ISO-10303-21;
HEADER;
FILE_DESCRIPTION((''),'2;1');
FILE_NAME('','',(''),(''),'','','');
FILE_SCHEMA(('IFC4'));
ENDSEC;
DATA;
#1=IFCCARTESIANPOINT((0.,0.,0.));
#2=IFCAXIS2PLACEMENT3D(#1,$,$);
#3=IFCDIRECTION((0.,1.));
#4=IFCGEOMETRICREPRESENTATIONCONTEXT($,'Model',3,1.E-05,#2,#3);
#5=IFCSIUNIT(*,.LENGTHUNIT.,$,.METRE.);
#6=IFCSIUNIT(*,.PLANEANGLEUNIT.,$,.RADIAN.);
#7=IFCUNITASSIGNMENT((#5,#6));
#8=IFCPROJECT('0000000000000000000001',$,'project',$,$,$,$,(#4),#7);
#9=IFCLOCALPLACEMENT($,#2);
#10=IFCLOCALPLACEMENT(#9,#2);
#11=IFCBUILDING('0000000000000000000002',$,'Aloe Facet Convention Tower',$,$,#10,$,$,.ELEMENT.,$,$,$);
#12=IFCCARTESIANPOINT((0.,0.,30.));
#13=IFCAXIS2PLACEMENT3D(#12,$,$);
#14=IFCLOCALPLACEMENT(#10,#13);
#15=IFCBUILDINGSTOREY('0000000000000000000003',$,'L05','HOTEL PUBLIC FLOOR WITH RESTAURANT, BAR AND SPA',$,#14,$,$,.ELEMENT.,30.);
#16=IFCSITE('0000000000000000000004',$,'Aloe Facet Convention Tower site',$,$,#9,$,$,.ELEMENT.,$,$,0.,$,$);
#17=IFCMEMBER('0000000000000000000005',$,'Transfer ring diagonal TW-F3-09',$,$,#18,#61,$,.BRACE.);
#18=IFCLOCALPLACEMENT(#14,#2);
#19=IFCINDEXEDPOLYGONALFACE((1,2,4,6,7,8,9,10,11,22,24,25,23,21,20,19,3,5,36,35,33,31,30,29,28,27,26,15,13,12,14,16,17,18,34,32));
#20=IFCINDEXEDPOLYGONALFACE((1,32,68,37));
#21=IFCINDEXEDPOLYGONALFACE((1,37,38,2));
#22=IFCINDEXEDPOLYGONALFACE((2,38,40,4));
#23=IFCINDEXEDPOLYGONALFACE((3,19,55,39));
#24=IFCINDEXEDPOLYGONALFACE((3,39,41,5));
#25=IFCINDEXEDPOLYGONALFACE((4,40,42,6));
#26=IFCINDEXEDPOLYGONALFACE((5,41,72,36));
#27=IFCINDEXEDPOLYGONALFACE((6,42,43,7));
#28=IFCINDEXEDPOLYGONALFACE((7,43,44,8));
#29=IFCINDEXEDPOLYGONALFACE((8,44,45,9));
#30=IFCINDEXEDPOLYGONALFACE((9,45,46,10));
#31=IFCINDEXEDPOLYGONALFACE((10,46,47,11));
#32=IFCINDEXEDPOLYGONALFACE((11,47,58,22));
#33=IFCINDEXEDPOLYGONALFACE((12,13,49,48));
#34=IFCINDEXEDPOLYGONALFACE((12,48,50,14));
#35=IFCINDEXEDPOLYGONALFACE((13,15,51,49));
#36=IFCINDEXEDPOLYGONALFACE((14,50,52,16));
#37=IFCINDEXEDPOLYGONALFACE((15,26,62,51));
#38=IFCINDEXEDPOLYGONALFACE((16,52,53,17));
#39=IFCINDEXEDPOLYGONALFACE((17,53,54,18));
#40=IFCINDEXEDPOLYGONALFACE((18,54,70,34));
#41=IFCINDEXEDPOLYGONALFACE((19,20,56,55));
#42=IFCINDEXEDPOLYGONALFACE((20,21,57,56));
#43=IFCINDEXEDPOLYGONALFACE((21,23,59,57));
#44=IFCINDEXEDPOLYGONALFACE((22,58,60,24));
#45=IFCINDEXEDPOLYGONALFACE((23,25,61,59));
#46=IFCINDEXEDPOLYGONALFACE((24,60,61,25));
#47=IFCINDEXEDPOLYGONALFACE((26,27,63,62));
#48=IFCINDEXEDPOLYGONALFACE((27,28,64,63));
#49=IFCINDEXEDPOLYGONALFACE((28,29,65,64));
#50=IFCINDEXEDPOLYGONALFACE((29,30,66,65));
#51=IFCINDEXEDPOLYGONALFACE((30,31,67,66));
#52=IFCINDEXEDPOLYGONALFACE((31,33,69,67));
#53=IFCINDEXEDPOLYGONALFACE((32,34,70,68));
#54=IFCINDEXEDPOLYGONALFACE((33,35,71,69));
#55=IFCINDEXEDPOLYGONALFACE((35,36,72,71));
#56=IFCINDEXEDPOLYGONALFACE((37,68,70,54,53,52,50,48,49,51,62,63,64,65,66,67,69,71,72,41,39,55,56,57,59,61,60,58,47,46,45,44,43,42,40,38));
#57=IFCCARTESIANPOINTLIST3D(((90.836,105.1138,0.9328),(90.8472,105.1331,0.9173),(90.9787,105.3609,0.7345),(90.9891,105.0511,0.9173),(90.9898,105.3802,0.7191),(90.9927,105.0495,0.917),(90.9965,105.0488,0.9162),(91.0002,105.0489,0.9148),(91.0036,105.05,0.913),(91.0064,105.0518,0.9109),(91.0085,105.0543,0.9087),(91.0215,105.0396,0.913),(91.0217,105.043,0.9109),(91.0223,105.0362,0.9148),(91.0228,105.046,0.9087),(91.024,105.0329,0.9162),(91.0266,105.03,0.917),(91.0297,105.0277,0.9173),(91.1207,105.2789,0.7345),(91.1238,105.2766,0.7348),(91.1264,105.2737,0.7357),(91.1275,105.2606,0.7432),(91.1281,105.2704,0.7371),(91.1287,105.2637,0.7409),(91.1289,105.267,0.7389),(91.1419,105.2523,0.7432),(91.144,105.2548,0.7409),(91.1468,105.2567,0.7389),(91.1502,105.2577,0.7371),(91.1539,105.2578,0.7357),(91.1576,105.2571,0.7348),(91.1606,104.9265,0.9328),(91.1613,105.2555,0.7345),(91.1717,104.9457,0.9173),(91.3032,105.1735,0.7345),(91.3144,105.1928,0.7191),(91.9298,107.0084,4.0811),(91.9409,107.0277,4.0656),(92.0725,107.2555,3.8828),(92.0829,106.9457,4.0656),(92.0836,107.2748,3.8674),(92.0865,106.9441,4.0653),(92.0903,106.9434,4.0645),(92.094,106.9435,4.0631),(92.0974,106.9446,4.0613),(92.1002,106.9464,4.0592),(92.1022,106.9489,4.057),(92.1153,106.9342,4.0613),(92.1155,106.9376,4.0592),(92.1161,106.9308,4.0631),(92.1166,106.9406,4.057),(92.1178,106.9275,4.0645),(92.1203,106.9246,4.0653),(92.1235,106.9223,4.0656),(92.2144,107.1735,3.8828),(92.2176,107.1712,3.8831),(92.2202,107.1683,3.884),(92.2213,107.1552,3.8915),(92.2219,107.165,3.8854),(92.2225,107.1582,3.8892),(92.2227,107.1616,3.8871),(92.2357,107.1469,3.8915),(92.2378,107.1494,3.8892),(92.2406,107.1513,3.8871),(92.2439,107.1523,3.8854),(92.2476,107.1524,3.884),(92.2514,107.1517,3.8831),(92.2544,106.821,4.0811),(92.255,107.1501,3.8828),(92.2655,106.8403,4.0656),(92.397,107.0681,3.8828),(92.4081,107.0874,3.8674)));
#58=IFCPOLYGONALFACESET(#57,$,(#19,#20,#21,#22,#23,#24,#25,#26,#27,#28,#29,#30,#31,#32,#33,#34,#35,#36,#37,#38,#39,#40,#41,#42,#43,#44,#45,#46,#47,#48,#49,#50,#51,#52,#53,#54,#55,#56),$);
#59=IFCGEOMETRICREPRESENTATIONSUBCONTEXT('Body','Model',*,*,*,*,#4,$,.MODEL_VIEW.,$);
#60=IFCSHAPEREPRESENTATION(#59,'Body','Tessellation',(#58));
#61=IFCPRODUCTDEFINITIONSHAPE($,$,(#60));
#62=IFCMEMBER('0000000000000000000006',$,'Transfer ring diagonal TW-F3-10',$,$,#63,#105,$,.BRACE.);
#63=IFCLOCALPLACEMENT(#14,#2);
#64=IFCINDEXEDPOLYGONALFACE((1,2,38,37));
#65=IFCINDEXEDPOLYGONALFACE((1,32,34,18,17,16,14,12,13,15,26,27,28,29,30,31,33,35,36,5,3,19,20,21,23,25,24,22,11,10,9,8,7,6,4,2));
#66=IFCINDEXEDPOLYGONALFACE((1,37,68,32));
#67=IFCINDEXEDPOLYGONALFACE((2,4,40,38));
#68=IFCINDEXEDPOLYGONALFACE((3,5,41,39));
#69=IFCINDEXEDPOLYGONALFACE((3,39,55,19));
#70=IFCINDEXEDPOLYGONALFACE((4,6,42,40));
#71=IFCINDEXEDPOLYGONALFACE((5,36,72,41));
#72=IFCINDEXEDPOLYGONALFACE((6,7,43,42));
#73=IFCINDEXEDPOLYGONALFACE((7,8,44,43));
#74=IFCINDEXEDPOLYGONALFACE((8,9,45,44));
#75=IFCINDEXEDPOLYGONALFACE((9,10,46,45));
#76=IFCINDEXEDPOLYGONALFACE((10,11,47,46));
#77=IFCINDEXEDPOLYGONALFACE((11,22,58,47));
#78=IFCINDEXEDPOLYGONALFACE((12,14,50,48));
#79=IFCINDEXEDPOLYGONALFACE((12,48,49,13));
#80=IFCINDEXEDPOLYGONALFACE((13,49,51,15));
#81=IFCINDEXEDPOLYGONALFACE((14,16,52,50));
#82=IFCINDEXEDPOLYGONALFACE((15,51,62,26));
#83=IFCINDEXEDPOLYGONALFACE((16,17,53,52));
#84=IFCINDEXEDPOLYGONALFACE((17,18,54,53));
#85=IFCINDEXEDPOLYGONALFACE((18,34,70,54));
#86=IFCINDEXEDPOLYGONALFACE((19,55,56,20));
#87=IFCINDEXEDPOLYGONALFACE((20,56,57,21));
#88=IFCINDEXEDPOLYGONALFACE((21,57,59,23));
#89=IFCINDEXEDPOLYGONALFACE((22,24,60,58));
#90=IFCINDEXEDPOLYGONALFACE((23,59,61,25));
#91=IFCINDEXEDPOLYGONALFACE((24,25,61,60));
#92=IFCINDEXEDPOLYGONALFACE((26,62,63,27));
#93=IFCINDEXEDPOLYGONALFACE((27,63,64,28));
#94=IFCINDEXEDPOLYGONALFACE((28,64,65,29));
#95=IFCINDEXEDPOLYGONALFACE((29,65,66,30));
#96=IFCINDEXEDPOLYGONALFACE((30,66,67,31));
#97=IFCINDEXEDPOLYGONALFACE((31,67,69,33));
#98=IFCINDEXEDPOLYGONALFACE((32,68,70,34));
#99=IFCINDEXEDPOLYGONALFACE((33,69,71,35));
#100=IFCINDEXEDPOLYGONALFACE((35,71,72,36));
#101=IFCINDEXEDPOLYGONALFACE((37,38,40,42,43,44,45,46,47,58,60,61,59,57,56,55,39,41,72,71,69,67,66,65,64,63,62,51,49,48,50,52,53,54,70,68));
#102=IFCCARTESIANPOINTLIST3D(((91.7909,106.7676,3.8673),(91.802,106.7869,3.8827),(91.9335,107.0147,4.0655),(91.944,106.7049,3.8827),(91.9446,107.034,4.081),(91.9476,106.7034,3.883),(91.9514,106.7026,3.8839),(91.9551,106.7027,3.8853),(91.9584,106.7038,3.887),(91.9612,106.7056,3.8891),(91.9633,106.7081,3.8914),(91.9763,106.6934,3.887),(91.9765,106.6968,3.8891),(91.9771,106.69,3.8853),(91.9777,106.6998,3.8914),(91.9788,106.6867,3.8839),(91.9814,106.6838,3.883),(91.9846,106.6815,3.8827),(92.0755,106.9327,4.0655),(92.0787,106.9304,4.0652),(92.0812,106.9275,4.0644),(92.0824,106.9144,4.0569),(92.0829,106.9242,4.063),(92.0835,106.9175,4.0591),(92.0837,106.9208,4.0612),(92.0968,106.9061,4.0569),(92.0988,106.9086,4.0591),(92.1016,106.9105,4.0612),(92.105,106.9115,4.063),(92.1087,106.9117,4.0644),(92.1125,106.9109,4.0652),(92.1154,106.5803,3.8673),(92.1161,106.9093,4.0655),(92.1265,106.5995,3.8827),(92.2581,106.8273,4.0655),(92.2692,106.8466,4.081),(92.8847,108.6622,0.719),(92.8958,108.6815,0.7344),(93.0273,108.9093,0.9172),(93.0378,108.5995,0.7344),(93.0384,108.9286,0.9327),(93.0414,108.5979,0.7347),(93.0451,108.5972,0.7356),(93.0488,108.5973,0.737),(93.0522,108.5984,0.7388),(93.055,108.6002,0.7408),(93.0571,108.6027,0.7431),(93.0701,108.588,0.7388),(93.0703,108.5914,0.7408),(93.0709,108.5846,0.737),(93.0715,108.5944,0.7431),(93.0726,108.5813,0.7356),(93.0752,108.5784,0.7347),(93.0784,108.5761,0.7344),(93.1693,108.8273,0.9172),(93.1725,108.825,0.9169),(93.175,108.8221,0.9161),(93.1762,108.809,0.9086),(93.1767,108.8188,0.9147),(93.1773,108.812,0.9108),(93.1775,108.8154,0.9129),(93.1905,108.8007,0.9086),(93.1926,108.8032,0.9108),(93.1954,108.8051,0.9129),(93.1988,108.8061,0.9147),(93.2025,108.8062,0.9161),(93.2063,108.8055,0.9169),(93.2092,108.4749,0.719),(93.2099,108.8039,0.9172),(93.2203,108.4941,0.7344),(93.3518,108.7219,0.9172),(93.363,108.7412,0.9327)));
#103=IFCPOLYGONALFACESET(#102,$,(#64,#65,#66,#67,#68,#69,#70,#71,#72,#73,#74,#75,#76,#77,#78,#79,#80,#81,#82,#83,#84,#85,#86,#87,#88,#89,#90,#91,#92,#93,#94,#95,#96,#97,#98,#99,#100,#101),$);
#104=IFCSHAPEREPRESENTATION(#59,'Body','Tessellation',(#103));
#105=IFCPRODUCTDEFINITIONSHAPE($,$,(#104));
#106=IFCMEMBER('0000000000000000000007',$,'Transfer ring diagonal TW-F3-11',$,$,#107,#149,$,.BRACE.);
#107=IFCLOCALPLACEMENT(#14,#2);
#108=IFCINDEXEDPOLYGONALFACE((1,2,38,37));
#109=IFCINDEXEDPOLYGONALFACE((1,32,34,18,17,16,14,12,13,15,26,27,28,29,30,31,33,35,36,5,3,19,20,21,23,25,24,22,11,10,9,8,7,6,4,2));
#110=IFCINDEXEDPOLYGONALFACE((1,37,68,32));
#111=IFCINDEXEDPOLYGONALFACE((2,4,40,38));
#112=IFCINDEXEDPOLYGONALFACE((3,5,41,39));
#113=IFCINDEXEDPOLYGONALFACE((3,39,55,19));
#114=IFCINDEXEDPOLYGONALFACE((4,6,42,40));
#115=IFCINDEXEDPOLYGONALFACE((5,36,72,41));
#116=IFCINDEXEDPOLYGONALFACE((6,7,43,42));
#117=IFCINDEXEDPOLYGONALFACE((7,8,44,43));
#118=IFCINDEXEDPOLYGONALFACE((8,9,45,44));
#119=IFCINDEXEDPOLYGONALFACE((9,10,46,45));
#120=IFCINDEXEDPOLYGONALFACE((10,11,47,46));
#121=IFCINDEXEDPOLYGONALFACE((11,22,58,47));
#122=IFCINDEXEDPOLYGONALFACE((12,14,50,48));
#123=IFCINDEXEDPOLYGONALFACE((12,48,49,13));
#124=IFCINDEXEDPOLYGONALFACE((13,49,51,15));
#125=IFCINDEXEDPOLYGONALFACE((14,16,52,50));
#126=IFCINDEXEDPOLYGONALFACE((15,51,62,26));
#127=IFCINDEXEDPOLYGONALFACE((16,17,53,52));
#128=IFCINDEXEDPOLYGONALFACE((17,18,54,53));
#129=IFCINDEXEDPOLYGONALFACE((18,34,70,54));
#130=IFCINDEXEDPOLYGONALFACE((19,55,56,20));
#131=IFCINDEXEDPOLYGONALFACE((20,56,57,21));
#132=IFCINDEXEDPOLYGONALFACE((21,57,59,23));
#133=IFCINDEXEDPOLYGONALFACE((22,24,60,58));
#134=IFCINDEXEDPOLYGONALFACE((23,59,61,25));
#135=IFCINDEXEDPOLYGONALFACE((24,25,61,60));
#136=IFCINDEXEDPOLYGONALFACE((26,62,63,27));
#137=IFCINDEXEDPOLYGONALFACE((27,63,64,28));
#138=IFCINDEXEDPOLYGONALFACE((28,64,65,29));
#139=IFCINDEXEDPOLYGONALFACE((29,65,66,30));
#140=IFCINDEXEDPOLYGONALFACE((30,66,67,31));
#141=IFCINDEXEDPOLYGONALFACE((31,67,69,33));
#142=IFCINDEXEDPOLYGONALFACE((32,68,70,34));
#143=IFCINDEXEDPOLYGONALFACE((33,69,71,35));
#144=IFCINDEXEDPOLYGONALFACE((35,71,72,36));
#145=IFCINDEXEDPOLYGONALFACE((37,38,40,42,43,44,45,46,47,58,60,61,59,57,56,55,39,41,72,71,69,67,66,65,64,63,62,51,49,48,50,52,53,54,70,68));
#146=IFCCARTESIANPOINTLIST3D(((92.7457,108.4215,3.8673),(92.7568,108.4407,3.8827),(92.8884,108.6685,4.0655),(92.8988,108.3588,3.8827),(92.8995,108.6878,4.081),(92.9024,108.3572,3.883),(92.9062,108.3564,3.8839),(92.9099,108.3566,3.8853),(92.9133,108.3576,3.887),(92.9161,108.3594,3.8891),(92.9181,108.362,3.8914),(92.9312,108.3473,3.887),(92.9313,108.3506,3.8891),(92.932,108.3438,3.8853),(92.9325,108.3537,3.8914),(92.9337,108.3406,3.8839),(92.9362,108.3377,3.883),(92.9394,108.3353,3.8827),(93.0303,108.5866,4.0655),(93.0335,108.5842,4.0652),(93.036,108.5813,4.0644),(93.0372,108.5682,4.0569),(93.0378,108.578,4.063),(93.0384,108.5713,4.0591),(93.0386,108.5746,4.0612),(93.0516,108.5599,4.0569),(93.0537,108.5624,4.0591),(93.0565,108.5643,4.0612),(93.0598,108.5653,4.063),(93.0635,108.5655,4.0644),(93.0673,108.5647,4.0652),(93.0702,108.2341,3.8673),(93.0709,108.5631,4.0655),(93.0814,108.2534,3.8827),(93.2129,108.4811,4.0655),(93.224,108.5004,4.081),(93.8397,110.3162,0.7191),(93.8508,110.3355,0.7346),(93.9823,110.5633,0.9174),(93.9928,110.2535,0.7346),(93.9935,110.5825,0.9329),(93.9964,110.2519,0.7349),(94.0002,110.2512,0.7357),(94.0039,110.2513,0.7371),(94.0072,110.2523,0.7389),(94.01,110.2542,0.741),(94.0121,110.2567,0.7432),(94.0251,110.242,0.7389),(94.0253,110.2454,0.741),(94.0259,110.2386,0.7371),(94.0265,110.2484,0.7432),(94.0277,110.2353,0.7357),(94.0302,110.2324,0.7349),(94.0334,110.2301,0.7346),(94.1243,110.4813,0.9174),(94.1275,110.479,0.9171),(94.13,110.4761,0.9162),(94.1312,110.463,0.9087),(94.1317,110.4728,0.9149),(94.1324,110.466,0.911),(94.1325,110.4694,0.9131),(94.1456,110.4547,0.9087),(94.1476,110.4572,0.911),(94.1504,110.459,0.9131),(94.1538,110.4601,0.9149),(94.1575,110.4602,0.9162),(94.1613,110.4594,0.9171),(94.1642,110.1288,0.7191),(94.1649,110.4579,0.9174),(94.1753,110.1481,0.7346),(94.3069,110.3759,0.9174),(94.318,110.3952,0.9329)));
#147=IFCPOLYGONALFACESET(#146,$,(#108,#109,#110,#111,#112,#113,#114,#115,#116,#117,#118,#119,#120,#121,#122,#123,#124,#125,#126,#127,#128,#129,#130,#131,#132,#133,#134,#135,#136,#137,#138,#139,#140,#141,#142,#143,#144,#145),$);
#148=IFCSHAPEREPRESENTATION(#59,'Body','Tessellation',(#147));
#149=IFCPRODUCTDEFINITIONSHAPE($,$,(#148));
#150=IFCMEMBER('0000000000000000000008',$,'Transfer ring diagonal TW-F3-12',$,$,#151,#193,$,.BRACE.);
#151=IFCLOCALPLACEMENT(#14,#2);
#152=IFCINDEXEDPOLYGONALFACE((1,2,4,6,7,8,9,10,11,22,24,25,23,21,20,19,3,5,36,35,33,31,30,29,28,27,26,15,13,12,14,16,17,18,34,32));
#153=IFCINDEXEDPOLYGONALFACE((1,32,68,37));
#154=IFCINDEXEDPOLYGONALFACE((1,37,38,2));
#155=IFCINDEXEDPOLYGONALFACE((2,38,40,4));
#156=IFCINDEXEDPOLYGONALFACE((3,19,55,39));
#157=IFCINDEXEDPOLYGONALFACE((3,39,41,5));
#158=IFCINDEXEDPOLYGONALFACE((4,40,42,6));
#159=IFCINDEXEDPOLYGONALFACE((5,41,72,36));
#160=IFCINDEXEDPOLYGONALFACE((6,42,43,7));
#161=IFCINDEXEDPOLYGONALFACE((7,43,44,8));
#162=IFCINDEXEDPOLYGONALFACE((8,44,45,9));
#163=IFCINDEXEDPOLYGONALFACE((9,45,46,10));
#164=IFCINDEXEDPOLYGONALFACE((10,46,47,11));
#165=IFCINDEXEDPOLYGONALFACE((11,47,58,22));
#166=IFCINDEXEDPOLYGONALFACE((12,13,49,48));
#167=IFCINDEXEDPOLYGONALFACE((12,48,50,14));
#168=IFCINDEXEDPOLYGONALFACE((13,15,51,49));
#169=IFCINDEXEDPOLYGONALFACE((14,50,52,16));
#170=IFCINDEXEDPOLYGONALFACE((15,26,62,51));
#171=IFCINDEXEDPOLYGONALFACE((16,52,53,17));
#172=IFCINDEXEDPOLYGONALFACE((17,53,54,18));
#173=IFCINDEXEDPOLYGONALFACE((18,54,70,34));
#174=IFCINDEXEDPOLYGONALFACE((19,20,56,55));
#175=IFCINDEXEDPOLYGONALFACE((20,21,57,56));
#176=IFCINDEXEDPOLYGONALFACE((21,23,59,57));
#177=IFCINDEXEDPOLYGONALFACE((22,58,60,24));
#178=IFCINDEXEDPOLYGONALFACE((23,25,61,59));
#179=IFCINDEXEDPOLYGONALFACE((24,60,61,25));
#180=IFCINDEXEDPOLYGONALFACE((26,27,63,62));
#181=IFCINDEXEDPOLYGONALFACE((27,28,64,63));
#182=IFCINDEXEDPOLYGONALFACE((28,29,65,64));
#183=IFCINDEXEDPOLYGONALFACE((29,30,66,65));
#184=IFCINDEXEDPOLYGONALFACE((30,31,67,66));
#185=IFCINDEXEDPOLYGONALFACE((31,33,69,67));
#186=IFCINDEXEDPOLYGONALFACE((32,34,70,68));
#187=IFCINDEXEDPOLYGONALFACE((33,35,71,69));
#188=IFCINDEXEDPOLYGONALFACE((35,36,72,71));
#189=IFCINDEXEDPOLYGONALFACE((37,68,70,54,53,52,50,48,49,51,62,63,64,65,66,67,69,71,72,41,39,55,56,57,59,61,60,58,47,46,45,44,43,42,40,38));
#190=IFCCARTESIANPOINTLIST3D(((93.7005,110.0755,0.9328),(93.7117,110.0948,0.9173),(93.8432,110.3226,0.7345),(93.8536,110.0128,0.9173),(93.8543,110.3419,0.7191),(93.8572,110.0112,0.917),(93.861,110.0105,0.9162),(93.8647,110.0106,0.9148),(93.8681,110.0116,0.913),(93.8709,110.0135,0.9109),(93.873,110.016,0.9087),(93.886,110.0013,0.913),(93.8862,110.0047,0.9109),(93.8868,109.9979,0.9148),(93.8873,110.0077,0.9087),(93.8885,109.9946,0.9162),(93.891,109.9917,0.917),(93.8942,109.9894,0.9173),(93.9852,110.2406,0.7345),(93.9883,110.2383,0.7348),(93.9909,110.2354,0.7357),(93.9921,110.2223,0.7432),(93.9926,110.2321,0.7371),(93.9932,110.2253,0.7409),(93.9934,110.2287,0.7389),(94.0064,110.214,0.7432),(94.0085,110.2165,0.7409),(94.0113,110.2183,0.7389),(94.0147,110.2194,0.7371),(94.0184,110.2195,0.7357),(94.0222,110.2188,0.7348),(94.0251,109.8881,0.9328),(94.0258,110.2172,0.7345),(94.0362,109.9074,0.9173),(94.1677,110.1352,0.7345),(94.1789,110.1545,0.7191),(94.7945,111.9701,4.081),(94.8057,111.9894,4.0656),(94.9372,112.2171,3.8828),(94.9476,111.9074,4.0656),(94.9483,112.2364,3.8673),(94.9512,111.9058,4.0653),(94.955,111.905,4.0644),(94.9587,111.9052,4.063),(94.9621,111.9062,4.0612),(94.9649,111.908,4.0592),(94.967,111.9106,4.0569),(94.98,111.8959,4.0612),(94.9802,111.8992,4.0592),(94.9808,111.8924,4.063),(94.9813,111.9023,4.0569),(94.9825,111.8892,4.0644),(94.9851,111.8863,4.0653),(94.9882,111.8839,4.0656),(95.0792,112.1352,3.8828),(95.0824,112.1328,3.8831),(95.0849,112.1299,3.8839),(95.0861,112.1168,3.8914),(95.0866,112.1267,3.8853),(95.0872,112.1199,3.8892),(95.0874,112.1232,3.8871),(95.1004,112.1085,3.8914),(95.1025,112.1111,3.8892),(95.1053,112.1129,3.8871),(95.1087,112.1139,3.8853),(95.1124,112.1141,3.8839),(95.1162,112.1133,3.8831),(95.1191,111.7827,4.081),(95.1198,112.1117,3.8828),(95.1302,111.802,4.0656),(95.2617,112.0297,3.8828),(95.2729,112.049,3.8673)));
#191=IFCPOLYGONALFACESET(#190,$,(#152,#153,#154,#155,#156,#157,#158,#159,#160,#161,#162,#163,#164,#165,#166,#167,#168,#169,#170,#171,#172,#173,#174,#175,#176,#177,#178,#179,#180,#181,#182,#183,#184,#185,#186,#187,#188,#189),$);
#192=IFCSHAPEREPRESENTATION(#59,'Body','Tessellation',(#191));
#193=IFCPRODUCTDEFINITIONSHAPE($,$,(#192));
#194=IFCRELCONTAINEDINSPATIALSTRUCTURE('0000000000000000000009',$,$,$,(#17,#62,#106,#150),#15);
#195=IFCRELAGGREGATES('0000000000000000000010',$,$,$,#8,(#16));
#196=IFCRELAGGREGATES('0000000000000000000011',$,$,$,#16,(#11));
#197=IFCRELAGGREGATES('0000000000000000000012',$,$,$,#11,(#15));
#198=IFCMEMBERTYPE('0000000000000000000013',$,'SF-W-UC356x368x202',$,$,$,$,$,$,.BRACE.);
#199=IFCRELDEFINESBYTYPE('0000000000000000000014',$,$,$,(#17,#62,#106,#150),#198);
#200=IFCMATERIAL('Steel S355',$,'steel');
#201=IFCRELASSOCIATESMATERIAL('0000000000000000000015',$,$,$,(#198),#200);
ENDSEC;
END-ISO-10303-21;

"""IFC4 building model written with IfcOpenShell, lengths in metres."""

from ifc_helpers import new_model, si_unit, direction, frame, origin, origin_2d, place, context, subcontext, project, spatial, i_section, extrude, material, material_profile, profile_set, type_object, element, save


model = new_model("IFC4")

# Units and contexts
model_context = context("Model", 3, precision=1e-05, world=origin(), true_north=direction((0.0, 1.0)))
body_context = subcontext(model_context, "Body", "Model", "MODEL_VIEW")
ifc_project = project(units=[si_unit("LENGTHUNIT", "METRE"), si_unit("PLANEANGLEUNIT", "RADIAN")], contexts=[model_context])

# Site, building, storey
site_placement = place(None, origin())
site = spatial("IfcSite", under=ifc_project, at=site_placement, Name="Aloe Facet Convention Tower site", CompositionType="ELEMENT", RefElevation=0.0)
building_placement = place(site_placement, origin())
building = spatial("IfcBuilding", under=site, at=building_placement, Name="Aloe Facet Convention Tower", CompositionType="ELEMENT")
storey_placement = place(building_placement, frame((0.0, 0.0, 30.0)))
storey = spatial("IfcBuildingStorey", under=building, at=storey_placement, Name="L05", Description="HOTEL PUBLIC FLOOR WITH RESTAURANT, BAR AND SPA", CompositionType="ELEMENT", Elevation=30.0)

# Members
ifc_material_1 = material(Name="Steel S355", Category="steel")
ifc_material_profile_1 = material_profile(ifc_material_1, i_section(OverallWidth=0.3748, OverallDepth=0.3745, WebThickness=0.0166, FlangeThickness=0.0271, FilletRadius=0.0151, at=origin_2d()), Name="UC 356x368x202")
ifc_profile_set_1 = profile_set([ifc_material_profile_1], Name="Steel S355")
member_type_1 = type_object("IfcMemberType", Name="SF-W-UC356x368x202", PredefinedType="BRACE", material=ifc_profile_set_1)
for number, where, z_axis, x_axis, name in (
    (1, (91.0752, 105.1533, 0.8259), (0.285305, 0.494188, 0.821206), (-0.866037, 0.49998, 0.0), "Transfer ring diagonal TW-F3-09"),
    (2, (92.03, 106.8071, 3.9741), (0.285305, 0.494188, -0.821206), (-0.866037, 0.49998, 0.0), "Transfer ring diagonal TW-F3-10"),
    (3, (92.9849, 108.4609, 3.9741), (0.285354, 0.494227, -0.821165), (-0.866016, 0.500015, 0.0), "Transfer ring diagonal TW-F3-11"),
    (4, (93.9397, 110.115, 0.8259), (0.285363, 0.494179, 0.821191), (-0.865989, 0.500064, 0.0), "Transfer ring diagonal TW-F3-12"),
):
    element("IfcMember", number, at=place(storey_placement, frame(where, z_axis=z_axis, x_axis=x_axis)), inside=storey, type_object=member_type_1, Name=name, PredefinedType="BRACE", context=body_context, shape_type="SweptSolid", body=[
        extrude(i_section(OverallWidth=0.3748, OverallDepth=0.3745, WebThickness=0.0166, FlangeThickness=0.0271, FilletRadius=0.0151, at=origin_2d()), origin(), (0.0, 0.0, 1.0), 3.8337),
    ])

save(model, "model.ifc")
